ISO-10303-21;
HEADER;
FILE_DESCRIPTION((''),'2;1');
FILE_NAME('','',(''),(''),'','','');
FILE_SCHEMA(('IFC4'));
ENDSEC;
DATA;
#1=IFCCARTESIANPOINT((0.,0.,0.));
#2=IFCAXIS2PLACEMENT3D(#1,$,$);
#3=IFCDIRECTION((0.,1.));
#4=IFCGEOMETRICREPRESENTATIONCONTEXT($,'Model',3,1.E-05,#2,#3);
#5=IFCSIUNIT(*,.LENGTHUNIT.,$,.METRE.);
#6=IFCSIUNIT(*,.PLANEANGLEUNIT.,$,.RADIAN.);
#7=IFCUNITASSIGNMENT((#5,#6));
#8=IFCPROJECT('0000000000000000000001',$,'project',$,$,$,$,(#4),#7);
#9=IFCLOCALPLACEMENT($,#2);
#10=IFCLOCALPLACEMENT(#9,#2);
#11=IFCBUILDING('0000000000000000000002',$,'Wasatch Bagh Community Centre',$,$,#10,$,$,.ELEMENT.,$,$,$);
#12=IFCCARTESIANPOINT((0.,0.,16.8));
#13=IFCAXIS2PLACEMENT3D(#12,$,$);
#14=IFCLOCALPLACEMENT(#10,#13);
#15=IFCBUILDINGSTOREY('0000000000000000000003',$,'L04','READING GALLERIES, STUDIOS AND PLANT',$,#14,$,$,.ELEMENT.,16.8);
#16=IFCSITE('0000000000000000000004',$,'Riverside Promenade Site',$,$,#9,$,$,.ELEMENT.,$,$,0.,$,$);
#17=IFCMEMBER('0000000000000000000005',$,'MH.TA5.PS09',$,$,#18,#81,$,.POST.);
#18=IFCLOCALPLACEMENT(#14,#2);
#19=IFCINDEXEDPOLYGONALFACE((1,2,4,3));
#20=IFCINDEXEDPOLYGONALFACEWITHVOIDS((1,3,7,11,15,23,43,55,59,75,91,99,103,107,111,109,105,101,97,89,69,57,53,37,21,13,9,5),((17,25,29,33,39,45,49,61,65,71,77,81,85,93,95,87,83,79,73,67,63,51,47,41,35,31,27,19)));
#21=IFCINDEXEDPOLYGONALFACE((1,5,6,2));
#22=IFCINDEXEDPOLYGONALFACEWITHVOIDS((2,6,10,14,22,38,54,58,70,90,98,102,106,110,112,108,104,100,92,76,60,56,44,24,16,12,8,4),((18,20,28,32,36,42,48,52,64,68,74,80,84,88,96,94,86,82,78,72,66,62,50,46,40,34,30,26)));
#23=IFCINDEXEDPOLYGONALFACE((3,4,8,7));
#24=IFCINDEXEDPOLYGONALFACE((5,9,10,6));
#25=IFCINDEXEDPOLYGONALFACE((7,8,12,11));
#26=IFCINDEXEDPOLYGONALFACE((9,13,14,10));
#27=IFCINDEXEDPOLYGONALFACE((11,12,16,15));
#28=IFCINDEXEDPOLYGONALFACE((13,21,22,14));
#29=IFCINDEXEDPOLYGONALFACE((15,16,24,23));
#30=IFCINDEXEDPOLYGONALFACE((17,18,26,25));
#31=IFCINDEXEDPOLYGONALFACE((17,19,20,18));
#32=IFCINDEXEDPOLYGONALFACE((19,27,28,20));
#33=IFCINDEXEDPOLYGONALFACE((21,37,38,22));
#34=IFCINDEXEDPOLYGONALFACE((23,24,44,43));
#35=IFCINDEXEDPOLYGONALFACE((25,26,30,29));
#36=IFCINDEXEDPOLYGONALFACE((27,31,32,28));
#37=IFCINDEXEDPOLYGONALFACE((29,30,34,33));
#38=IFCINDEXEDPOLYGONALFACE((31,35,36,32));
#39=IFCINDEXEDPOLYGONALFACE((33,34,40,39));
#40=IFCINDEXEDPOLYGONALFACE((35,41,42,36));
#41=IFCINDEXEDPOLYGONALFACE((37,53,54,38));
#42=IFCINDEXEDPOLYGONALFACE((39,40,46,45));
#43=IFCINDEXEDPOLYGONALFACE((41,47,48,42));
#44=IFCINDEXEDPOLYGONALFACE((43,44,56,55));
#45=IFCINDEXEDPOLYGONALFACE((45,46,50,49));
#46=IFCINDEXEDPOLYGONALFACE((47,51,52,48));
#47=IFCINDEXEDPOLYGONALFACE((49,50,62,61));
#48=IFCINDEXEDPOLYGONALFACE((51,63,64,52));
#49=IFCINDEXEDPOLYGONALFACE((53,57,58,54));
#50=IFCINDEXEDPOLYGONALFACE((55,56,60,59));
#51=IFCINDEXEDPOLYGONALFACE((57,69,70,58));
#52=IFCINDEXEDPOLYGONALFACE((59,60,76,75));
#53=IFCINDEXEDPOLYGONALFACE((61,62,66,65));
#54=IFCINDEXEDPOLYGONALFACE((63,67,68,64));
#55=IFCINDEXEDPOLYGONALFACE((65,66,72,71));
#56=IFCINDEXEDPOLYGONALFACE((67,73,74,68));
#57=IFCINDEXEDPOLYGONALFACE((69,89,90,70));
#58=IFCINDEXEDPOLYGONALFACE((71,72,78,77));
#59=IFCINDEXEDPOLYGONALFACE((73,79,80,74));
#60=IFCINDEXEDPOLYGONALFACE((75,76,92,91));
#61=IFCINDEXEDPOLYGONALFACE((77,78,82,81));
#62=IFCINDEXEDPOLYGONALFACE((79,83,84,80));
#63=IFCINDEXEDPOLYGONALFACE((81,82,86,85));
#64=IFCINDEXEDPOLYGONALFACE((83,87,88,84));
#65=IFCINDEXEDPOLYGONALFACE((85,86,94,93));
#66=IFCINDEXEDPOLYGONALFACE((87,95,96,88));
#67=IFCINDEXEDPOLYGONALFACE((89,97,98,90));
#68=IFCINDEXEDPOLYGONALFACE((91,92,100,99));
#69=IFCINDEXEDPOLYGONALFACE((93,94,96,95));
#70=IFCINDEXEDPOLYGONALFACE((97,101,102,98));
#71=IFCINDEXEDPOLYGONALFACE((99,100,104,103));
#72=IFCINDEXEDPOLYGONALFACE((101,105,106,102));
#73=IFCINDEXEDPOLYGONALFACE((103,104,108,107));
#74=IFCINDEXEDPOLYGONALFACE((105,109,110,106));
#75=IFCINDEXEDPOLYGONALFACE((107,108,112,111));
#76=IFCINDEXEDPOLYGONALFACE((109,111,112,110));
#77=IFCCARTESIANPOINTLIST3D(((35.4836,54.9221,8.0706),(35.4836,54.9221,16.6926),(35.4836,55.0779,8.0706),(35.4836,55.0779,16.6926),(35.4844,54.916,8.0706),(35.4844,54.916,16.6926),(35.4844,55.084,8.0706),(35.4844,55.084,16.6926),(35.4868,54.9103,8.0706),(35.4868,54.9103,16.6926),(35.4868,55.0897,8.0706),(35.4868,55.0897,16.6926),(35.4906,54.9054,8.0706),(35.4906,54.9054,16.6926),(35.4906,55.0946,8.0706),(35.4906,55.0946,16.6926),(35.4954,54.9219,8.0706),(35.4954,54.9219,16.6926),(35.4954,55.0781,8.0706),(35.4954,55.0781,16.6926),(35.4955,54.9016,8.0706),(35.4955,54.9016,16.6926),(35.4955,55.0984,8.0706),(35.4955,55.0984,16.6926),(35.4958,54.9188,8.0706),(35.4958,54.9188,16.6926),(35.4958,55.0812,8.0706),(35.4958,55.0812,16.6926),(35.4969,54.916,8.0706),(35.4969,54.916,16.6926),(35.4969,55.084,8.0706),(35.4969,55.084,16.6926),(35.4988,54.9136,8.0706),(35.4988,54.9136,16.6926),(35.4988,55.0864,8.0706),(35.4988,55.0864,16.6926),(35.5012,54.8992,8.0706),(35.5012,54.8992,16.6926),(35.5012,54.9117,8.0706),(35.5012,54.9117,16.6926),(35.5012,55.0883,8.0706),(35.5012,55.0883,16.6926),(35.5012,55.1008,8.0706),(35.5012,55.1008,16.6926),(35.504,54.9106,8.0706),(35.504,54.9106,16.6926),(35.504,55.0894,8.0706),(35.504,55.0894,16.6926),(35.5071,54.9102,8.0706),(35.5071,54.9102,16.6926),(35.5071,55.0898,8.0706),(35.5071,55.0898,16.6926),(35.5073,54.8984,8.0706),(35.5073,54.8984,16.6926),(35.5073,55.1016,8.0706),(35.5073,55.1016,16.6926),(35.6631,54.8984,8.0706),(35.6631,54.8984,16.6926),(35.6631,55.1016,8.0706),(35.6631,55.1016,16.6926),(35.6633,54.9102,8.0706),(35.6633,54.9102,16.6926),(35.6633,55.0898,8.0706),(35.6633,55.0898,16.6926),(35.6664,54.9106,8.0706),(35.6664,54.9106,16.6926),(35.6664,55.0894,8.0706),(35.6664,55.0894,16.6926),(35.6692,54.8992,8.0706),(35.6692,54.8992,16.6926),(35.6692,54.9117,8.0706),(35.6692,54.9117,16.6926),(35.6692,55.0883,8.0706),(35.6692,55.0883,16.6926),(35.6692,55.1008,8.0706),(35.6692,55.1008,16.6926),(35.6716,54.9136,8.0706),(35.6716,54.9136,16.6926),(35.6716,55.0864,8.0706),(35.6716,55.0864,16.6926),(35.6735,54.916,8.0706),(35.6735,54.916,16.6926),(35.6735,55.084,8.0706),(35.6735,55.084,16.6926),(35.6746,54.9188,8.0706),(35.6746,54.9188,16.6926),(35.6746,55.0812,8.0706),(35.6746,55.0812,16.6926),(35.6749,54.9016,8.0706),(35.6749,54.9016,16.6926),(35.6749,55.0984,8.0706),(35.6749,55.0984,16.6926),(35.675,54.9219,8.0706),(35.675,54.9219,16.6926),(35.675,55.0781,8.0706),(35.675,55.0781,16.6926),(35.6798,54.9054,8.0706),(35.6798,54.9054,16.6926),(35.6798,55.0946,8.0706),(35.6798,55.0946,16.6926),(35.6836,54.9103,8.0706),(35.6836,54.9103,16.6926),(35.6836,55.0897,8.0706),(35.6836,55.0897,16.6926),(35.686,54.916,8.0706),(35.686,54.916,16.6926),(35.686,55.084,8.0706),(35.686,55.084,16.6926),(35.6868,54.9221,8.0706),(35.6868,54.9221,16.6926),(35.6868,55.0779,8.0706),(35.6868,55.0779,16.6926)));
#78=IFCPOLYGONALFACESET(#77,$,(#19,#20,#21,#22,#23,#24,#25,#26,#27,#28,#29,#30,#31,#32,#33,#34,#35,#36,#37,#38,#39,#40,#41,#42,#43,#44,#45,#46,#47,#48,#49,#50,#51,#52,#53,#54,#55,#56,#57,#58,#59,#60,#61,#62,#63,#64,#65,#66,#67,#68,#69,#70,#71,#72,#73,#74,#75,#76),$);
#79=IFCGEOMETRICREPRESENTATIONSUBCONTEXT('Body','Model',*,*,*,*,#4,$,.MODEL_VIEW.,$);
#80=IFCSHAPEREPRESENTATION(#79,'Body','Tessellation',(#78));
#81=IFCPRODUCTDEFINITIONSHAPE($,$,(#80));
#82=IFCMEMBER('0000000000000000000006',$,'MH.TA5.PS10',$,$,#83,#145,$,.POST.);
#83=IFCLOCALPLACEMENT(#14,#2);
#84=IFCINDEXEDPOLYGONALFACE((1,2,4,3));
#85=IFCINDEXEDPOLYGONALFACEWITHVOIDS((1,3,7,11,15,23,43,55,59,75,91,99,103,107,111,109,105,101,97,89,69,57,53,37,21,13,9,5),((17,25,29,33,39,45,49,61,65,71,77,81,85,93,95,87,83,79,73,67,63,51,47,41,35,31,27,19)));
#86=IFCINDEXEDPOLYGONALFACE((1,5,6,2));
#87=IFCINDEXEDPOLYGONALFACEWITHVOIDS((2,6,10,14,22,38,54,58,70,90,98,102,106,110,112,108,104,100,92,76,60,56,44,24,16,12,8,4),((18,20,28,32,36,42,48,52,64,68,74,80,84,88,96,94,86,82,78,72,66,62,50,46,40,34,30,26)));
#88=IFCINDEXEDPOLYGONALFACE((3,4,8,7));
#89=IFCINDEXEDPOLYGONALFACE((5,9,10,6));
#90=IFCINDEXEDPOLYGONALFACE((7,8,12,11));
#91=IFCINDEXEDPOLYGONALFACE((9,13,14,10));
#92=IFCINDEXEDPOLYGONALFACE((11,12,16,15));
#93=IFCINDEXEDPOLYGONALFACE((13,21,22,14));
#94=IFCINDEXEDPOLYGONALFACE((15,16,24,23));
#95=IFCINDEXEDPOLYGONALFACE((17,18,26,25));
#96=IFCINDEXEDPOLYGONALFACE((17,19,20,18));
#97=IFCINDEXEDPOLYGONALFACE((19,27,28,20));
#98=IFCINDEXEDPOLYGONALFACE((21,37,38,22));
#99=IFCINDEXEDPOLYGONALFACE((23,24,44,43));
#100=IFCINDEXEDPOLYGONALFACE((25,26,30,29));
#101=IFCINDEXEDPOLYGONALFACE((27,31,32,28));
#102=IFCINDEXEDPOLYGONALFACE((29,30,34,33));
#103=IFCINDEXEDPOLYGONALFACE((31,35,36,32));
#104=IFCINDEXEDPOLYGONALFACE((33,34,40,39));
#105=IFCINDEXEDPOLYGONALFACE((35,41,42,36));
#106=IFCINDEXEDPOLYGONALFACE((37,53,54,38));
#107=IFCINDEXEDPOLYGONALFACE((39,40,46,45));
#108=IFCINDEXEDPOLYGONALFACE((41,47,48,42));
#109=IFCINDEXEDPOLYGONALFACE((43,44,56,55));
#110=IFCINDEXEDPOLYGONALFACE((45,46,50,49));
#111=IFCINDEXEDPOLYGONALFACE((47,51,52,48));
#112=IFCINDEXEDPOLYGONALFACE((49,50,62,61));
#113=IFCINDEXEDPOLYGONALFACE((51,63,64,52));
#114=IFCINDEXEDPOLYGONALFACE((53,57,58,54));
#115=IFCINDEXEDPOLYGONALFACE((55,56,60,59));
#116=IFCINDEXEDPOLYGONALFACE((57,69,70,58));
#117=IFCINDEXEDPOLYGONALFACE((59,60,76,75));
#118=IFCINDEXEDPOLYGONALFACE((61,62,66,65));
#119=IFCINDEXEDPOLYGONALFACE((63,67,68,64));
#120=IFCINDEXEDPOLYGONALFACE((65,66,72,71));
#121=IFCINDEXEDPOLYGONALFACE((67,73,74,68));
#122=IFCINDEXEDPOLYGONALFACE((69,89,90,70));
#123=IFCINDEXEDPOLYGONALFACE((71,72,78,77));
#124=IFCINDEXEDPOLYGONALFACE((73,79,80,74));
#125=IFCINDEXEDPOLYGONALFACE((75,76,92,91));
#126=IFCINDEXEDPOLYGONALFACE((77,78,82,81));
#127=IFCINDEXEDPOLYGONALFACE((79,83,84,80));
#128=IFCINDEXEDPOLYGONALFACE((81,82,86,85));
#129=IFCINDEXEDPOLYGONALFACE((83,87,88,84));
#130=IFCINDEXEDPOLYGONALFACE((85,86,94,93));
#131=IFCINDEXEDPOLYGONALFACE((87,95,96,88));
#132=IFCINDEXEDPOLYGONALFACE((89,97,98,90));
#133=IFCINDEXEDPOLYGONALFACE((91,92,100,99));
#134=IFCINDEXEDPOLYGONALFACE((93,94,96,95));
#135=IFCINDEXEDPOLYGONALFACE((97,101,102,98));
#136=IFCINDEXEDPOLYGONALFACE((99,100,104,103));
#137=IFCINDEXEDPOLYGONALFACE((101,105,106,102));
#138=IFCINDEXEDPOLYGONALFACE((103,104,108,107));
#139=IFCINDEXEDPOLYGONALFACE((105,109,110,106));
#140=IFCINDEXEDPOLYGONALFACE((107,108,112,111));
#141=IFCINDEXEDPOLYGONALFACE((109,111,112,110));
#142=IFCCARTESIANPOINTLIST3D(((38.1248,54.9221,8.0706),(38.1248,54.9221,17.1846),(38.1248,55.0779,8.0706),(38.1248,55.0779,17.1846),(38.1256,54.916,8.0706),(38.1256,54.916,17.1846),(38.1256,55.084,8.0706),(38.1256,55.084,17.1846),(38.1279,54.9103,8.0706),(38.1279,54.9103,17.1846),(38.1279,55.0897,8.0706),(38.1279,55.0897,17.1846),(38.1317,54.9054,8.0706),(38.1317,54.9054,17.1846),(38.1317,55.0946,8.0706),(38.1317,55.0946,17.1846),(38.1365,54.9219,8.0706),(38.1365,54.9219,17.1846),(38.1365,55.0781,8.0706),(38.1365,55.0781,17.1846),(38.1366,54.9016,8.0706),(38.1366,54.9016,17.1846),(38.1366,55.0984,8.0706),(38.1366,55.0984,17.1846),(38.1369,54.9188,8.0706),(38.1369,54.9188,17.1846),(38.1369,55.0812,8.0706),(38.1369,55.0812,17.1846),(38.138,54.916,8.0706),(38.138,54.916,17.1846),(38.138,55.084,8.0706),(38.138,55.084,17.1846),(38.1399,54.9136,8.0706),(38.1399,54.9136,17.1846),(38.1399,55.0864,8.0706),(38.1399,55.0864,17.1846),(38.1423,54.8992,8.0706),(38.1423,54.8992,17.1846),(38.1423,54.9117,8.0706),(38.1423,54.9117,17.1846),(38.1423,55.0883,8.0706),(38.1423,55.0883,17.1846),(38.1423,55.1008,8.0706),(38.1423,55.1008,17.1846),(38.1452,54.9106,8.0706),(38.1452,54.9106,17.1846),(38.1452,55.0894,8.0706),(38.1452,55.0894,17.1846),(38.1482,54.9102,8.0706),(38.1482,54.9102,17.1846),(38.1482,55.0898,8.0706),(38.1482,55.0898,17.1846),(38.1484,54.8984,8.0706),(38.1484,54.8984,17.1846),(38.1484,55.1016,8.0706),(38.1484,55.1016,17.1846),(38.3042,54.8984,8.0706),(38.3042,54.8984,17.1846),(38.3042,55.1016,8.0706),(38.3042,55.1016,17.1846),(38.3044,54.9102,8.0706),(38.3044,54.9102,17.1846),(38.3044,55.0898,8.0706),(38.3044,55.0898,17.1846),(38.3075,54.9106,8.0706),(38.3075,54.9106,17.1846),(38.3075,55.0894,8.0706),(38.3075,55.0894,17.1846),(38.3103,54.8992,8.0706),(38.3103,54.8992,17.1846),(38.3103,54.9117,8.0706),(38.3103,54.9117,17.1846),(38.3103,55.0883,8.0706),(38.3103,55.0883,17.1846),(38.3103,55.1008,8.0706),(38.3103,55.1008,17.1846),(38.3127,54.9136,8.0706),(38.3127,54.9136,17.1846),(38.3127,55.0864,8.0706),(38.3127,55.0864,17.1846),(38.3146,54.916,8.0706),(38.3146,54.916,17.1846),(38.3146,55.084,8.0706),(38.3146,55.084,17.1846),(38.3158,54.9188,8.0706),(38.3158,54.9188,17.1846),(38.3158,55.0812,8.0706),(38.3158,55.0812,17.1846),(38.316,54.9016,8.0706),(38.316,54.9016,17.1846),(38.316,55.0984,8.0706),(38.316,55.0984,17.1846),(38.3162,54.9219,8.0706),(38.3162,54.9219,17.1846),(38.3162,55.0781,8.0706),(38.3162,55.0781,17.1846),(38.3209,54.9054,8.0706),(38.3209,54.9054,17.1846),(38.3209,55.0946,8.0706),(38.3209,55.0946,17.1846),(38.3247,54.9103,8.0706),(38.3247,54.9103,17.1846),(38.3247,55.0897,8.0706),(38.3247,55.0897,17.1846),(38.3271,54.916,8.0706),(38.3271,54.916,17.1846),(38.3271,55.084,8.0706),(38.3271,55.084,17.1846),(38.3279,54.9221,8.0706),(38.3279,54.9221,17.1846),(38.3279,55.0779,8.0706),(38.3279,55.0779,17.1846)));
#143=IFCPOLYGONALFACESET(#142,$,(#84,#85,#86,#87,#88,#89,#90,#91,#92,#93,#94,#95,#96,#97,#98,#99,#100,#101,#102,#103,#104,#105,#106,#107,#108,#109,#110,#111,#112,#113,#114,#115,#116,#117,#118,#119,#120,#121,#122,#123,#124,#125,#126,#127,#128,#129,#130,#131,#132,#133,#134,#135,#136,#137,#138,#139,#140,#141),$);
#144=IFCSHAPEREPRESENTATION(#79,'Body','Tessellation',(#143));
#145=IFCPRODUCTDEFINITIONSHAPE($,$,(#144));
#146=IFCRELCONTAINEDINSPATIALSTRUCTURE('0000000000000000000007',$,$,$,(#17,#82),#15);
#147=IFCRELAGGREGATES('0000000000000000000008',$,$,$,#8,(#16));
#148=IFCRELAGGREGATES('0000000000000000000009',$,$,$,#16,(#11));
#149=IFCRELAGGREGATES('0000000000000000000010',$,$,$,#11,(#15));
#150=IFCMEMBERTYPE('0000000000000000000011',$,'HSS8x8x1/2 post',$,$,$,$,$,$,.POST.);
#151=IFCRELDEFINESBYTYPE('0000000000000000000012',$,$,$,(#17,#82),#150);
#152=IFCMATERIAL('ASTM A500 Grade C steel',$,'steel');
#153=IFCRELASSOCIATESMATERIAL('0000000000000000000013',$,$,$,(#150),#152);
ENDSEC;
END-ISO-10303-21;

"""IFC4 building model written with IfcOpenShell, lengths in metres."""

from ifc_helpers import new_model, si_unit, direction, frame, origin, origin_2d, place, context, subcontext, project, spatial, hollow_rectangle, extrude, material, material_profile, profile_set, type_object, element, save


model = new_model("IFC4")

# Units and contexts
model_context = context("Model", 3, precision=1e-05, world=origin(), true_north=direction((0.0, 1.0)))
body_context = subcontext(model_context, "Body", "Model", "MODEL_VIEW")
ifc_project = project(units=[si_unit("LENGTHUNIT", "METRE"), si_unit("PLANEANGLEUNIT", "RADIAN")], contexts=[model_context])

# Site, building, storey
site_placement = place(None, origin())
site = spatial("IfcSite", under=ifc_project, at=site_placement, Name="Riverside Promenade Site", CompositionType="ELEMENT", RefElevation=0.0)
building_placement = place(site_placement, origin())
building = spatial("IfcBuilding", under=site, at=building_placement, Name="Wasatch Bagh Community Centre", CompositionType="ELEMENT")
storey_placement = place(building_placement, frame((0.0, 0.0, 16.8)))
storey = spatial("IfcBuildingStorey", under=building, at=storey_placement, Name="L04", Description="READING GALLERIES, STUDIOS AND PLANT", CompositionType="ELEMENT", Elevation=16.8)

# Members
ifc_material_1 = material(Name="ASTM A500 Grade C steel", Category="steel")
ifc_material_profile_1 = material_profile(ifc_material_1, hollow_rectangle(XDim=0.2031, YDim=0.2031, WallThickness=0.0117, InnerFilletRadius=0.0117, OuterFilletRadius=0.0237, at=origin_2d()), Name="HSS8x8x1/2")
ifc_profile_set_1 = profile_set([ifc_material_profile_1], Name="ASTM A500 Grade C steel")
member_type_1 = type_object("IfcMemberType", Name="HSS8x8x1/2 post", PredefinedType="POST", material=ifc_profile_set_1)
member_1_placement = place(storey_placement, frame((35.5852, 55.0, 8.0706), z_axis=(0.0, 0.0, 1.0), x_axis=(1.0, 0.0, 0.0)))
element("IfcMember", 1, at=member_1_placement, inside=storey, type_object=member_type_1, Name="MH.TA5.PS09", PredefinedType="POST", context=body_context, shape_type="SweptSolid", body=[
    extrude(hollow_rectangle(XDim=0.2031, YDim=0.2031, WallThickness=0.0117, InnerFilletRadius=0.0117, OuterFilletRadius=0.0237, at=origin_2d()), origin(), (0.0, 0.0, 1.0), 8.6221),
])
member_2_placement = place(storey_placement, frame((38.2263, 55.0, 8.0706), z_axis=(0.0, 0.0, 1.0), x_axis=(1.0, 0.0, 0.0)))
element("IfcMember", 2, at=member_2_placement, inside=storey, type_object=member_type_1, Name="MH.TA5.PS10", PredefinedType="POST", context=body_context, shape_type="SweptSolid", body=[
    extrude(hollow_rectangle(XDim=0.2031, YDim=0.2031, WallThickness=0.0117, InnerFilletRadius=0.0117, OuterFilletRadius=0.0237, at=origin_2d()), origin(), (0.0, 0.0, 1.0), 9.114),
])

save(model, "model.ifc")
